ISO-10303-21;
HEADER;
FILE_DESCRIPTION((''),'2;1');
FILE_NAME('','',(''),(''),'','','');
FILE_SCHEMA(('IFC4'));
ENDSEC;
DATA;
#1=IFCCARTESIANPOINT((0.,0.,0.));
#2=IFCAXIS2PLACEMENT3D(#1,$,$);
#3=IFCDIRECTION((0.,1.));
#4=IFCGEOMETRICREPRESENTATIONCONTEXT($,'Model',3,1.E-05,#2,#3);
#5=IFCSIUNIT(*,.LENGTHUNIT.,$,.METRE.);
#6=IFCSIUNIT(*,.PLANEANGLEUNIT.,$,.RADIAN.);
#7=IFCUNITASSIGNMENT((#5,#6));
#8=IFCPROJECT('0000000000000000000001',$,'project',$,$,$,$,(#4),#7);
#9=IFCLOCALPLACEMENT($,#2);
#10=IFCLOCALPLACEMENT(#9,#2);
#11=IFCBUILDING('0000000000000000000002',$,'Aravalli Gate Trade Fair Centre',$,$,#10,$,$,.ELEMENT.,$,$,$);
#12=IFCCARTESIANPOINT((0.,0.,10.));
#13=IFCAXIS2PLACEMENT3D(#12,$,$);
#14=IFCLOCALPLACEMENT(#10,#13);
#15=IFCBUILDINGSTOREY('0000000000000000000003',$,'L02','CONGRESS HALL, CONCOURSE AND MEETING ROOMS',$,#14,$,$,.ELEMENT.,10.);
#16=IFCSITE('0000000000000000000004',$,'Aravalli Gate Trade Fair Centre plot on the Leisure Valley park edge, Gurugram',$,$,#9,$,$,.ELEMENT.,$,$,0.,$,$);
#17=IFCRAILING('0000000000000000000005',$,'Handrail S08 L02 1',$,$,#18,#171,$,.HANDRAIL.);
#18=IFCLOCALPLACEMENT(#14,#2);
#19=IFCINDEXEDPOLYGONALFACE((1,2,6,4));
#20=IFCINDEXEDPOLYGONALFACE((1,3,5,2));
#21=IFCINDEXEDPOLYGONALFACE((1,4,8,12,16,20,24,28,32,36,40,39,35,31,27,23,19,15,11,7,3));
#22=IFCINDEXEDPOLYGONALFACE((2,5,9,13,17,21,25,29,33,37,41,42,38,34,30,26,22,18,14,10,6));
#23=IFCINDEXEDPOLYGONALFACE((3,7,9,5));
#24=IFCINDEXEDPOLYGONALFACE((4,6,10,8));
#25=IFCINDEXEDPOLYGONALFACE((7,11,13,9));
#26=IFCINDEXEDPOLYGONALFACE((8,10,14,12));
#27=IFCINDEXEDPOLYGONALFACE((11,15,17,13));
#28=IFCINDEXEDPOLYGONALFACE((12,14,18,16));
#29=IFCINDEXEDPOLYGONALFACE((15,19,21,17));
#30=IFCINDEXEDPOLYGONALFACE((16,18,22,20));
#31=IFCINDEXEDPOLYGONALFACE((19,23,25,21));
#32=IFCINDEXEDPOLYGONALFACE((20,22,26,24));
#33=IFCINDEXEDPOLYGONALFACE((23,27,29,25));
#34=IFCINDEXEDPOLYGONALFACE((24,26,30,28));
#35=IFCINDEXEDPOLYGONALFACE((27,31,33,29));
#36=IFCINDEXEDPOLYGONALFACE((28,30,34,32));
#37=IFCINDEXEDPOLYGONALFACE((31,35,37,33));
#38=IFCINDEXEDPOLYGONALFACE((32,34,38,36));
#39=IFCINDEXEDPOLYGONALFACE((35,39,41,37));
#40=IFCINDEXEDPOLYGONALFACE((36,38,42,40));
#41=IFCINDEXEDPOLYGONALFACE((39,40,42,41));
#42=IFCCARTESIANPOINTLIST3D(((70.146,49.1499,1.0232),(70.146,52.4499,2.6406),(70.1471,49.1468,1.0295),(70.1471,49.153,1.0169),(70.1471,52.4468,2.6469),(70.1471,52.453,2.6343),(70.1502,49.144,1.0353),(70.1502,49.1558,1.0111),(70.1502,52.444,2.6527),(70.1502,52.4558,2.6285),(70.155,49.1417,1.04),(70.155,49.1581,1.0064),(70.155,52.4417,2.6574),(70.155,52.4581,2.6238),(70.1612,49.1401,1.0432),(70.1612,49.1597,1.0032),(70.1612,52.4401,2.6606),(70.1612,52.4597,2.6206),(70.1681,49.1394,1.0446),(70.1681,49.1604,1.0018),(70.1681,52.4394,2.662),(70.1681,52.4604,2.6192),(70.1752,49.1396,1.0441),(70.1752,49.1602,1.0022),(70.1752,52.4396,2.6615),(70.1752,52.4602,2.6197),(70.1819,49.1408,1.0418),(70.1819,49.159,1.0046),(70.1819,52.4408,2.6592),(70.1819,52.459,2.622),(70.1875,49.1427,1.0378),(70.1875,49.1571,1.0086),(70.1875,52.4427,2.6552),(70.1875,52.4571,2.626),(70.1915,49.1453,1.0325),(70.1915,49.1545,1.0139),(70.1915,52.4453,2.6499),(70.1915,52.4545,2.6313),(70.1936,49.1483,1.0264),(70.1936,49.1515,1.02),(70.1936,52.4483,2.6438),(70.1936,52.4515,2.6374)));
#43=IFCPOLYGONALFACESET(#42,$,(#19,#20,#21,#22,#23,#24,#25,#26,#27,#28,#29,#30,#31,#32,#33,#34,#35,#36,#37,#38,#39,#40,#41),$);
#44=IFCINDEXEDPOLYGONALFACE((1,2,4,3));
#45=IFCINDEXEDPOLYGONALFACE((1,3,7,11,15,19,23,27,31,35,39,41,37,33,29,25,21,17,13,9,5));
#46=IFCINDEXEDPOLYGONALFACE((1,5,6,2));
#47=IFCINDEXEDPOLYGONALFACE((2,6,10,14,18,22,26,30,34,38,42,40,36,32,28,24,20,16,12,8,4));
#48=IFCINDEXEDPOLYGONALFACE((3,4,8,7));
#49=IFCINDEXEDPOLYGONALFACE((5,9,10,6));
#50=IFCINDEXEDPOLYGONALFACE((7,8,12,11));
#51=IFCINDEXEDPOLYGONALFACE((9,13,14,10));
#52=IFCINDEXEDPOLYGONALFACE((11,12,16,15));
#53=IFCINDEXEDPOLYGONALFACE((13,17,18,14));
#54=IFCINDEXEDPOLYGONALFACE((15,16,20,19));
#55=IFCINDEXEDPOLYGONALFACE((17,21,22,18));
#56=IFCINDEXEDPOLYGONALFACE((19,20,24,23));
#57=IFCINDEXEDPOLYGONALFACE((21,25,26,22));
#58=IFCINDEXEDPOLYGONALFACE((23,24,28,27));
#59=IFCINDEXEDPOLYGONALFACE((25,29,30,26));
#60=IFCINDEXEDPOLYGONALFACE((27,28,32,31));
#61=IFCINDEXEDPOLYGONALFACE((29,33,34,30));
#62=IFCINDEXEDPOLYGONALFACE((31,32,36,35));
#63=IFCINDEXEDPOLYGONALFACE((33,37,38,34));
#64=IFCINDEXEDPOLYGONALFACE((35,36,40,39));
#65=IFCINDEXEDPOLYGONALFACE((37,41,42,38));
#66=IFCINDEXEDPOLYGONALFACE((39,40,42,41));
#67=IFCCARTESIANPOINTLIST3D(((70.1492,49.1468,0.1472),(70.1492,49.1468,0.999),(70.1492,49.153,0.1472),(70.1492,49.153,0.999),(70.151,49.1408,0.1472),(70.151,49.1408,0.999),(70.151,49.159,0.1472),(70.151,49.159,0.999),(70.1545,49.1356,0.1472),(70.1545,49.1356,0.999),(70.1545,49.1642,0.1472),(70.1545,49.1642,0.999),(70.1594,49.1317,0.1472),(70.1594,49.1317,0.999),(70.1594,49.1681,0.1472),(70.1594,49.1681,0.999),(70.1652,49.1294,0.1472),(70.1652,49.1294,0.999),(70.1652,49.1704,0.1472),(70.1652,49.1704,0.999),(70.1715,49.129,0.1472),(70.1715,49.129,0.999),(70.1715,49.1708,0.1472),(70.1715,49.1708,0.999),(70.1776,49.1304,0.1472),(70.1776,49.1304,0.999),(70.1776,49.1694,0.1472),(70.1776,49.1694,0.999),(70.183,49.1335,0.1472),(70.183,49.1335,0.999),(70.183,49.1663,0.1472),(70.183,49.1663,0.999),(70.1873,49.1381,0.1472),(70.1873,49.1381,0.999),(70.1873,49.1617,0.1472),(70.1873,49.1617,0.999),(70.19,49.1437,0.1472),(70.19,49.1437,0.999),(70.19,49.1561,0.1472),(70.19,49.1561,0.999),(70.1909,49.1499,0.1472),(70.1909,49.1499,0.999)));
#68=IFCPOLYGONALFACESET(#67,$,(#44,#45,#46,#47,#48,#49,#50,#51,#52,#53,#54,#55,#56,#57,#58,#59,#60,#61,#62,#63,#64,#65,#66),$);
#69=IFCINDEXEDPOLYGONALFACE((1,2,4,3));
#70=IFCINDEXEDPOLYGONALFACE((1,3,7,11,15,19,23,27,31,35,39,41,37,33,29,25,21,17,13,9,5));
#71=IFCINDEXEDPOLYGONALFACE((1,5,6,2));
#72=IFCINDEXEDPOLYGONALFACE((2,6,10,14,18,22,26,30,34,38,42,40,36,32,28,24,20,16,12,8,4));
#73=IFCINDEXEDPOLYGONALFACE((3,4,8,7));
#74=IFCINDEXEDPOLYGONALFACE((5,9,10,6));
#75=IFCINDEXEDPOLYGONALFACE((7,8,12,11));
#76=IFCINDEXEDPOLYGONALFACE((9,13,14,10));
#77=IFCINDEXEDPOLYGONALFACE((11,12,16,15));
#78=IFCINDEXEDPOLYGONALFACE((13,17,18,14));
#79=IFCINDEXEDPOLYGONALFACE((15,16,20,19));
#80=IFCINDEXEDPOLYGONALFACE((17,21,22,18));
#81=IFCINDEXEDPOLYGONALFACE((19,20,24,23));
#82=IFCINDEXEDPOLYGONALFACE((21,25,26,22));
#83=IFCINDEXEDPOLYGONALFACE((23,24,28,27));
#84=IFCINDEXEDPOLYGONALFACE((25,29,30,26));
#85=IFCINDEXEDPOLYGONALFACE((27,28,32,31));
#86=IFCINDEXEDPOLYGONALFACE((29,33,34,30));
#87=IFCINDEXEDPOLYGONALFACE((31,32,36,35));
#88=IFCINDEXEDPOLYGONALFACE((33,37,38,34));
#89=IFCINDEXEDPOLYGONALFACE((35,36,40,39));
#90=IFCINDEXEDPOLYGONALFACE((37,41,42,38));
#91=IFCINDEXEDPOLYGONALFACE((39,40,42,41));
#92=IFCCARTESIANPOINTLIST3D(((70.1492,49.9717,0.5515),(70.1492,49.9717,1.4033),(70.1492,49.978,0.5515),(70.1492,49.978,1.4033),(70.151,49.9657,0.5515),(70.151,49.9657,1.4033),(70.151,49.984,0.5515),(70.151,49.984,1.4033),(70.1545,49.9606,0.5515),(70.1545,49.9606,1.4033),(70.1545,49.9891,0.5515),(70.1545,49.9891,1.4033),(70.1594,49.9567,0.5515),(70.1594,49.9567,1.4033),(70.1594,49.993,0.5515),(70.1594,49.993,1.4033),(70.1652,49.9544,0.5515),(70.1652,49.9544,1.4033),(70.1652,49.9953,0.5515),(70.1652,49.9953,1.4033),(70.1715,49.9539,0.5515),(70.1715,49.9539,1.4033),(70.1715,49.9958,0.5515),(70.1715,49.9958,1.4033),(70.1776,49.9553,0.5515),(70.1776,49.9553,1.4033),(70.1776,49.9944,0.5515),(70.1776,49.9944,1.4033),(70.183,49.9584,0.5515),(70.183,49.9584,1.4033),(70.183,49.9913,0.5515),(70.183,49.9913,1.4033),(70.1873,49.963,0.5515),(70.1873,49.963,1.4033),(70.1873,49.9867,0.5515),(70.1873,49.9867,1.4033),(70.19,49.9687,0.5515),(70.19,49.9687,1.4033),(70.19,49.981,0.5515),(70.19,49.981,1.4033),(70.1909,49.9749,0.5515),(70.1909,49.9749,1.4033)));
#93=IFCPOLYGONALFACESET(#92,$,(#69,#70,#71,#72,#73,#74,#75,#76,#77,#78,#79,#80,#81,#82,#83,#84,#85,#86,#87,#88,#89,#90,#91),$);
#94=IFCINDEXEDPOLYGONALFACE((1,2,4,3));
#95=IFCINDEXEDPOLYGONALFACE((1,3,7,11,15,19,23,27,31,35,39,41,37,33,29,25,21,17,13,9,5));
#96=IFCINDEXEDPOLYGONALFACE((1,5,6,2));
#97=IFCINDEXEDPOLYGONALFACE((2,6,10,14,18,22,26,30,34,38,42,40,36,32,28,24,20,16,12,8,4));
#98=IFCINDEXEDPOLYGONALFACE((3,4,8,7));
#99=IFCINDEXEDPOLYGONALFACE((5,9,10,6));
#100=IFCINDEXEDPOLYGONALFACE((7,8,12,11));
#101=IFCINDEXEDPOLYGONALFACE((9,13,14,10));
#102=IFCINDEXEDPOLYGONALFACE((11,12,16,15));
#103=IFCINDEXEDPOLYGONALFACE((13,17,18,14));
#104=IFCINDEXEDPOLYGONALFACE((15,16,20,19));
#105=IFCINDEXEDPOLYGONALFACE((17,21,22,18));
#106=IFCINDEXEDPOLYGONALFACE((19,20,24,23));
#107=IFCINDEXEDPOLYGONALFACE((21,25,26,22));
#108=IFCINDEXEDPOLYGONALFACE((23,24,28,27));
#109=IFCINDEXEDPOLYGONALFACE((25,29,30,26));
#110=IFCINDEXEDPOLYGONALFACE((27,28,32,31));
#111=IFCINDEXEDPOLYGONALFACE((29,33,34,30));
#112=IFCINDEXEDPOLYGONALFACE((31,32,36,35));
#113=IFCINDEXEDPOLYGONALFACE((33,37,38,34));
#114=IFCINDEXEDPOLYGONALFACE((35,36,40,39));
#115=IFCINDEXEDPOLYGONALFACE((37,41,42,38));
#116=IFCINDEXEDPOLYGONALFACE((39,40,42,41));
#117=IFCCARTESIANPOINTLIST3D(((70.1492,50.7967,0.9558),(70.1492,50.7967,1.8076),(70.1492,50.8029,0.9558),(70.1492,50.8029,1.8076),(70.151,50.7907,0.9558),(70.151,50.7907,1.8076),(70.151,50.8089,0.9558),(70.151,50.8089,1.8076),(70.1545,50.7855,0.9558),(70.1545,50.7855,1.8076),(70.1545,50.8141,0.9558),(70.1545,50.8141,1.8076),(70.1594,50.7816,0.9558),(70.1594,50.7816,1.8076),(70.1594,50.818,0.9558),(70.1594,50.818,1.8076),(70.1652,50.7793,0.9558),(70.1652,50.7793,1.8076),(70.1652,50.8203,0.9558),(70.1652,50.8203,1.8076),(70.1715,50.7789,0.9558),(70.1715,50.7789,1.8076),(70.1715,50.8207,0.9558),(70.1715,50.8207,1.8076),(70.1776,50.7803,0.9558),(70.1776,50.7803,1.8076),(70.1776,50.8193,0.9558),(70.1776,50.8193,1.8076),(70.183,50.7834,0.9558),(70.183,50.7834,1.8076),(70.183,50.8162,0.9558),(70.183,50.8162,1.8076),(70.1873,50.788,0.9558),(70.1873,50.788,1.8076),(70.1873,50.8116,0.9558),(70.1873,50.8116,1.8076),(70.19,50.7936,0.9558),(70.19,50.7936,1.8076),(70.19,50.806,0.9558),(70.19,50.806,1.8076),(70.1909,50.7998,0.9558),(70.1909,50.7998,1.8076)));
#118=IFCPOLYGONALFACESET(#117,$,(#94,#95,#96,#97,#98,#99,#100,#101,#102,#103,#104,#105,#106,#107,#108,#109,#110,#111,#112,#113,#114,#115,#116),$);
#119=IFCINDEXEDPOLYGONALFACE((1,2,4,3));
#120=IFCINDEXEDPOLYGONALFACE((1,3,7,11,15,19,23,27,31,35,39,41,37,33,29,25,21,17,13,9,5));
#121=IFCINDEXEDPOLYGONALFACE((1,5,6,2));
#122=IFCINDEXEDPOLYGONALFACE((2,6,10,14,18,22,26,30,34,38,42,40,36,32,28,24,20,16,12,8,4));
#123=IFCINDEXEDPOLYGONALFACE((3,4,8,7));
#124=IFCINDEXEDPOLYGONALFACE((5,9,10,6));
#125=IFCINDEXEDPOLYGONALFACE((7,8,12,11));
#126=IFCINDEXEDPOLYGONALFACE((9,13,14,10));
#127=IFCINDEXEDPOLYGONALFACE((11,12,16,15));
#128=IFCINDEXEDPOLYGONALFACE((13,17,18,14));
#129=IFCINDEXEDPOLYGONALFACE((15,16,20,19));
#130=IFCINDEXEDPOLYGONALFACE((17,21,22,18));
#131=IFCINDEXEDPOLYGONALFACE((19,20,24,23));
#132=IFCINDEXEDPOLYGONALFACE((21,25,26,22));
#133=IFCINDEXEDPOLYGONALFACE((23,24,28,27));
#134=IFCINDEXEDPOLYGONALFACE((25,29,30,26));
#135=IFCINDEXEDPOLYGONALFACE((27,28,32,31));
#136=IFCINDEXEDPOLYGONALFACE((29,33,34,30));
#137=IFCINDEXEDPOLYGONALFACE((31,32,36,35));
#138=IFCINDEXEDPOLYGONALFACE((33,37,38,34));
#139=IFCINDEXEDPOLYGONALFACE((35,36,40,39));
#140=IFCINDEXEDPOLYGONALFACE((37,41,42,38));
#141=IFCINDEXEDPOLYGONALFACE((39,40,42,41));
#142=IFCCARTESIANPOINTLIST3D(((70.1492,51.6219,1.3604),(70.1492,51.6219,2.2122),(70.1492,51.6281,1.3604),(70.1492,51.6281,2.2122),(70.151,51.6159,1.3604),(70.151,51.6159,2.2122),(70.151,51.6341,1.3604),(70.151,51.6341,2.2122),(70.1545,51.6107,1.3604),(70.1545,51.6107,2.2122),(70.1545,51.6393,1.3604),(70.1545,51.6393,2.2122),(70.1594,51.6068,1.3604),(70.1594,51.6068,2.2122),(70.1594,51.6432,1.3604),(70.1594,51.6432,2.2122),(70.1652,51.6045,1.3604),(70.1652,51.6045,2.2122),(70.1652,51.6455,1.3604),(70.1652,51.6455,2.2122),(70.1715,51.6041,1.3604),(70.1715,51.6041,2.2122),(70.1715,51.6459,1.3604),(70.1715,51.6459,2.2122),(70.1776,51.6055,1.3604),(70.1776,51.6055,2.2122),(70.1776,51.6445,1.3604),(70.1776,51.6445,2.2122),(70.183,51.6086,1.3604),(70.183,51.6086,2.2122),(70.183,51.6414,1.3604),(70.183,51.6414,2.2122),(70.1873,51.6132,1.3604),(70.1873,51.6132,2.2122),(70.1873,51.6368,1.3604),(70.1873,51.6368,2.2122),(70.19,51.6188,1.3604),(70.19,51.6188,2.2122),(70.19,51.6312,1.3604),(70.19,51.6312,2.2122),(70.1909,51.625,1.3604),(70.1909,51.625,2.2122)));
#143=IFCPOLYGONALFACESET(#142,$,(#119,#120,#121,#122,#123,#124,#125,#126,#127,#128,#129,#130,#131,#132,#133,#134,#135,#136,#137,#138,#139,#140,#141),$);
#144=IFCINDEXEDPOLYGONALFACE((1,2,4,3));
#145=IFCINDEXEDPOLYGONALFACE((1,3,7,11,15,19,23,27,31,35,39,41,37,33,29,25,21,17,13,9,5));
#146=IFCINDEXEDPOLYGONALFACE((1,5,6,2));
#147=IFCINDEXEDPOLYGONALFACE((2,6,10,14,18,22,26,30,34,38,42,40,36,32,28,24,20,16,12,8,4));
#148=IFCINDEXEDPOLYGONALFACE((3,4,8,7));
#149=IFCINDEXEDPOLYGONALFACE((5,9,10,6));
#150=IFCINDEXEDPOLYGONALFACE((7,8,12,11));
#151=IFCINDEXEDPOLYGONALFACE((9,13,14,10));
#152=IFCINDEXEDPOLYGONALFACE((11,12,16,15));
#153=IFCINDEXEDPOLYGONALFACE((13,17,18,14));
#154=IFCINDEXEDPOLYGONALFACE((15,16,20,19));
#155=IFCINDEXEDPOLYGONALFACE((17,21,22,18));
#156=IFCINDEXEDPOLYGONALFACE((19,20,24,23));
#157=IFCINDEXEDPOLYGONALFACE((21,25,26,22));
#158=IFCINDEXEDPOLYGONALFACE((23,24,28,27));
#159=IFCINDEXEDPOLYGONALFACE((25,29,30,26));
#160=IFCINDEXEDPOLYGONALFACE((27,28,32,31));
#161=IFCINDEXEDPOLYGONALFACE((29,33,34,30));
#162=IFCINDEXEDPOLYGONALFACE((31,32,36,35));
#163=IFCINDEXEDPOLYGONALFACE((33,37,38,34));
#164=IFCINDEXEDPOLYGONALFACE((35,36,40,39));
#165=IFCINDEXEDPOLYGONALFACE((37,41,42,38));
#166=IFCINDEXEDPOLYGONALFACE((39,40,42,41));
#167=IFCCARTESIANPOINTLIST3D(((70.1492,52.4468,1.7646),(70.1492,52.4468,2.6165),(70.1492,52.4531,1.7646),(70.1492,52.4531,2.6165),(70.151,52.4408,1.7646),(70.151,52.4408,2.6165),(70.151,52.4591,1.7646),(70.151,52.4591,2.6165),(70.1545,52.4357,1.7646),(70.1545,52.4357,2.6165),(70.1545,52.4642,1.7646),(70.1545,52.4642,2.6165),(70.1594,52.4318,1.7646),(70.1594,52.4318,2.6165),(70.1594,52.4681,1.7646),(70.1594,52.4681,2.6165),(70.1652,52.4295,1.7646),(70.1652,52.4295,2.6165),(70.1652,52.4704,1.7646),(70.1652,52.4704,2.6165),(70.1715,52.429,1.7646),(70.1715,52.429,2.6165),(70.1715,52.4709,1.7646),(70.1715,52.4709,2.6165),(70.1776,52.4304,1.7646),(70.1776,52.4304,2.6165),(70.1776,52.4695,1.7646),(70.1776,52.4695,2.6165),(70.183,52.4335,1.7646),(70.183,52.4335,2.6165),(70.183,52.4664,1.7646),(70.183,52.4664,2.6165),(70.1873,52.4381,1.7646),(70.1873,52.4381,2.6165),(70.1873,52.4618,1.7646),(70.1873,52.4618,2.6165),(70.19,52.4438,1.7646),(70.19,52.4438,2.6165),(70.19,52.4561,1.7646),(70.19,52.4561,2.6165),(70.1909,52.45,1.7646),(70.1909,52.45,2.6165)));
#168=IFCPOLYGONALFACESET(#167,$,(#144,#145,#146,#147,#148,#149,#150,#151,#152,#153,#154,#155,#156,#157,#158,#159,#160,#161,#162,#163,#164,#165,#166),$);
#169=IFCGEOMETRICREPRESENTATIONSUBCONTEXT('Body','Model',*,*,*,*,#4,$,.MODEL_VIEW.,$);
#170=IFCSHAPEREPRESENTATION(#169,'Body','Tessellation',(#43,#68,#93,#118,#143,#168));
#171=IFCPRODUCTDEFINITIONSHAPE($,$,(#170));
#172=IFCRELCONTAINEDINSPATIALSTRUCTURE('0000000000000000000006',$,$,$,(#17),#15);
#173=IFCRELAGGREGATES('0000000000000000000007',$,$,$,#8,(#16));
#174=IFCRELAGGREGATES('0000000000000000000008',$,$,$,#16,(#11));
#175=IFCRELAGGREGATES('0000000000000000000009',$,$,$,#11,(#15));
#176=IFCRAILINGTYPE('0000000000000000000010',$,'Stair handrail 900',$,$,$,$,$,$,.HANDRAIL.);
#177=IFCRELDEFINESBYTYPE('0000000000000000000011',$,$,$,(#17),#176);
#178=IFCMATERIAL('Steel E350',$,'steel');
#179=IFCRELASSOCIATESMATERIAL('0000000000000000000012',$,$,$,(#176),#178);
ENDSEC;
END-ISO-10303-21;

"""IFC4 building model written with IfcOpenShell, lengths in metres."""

from ifc_helpers import new_model, si_unit, direction, frame, origin, origin_2d, place, context, subcontext, project, spatial, circle, extrude, material, type_object, element, save


model = new_model("IFC4")

# Units and contexts
model_context = context("Model", 3, precision=1e-05, world=origin(), true_north=direction((0.0, 1.0)))
body_context = subcontext(model_context, "Body", "Model", "MODEL_VIEW")
ifc_project = project(units=[si_unit("LENGTHUNIT", "METRE"), si_unit("PLANEANGLEUNIT", "RADIAN")], contexts=[model_context])

# Site, building, storey
site_placement = place(None, origin())
site = spatial("IfcSite", under=ifc_project, at=site_placement, Name="Aravalli Gate Trade Fair Centre plot on the Leisure Valley park edge, Gurugram", CompositionType="ELEMENT", RefElevation=0.0)
building_placement = place(site_placement, origin())
building = spatial("IfcBuilding", under=site, at=building_placement, Name="Aravalli Gate Trade Fair Centre", CompositionType="ELEMENT")
storey_placement = place(building_placement, frame((0.0, 0.0, 10.0)))
storey = spatial("IfcBuildingStorey", under=building, at=storey_placement, Name="L02", Description="CONGRESS HALL, CONCOURSE AND MEETING ROOMS", CompositionType="ELEMENT", Elevation=10.0)

# Shared definitions
ifc_material_1 = material(Name="Steel E350", Category="steel")

# Railing
railing_type = type_object("IfcRailingType", Name="Stair handrail 900", PredefinedType="HANDRAIL", material=ifc_material_1)
for number, where, name in (
    (1, (70.1699, 49.1499, 0.1472), "Handrail S08 L02 1"),
):
    element("IfcRailing", number, at=place(storey_placement, frame(where)), inside=storey, type_object=railing_type, Name=name, PredefinedType="HANDRAIL", context=body_context, shape_type="SweptSolid", body=[
        extrude(circle(Radius=0.0239, at=origin_2d()), frame((0.0, 0.0, 0.876), z_axis=(0.0, 0.897946, 0.440105), x_axis=(-1.0, 0.0, 0.0)), (0.0, 0.0, 1.0), 3.675),
        extrude(circle(Radius=0.021, at=origin_2d()), origin(), (0.0, 0.0, 1.0), 0.8518),
        extrude(circle(Radius=0.021, at=origin_2d()), frame((0.0, 0.825, 0.4043)), (0.0, 0.0, 1.0), 0.8518),
        extrude(circle(Radius=0.021, at=origin_2d()), frame((0.0, 1.6499, 0.8086)), (0.0, 0.0, 1.0), 0.8518),
        extrude(circle(Radius=0.021, at=origin_2d()), frame((0.0, 2.4751, 1.2131)), (0.0, 0.0, 1.0), 0.8518),
        extrude(circle(Radius=0.021, at=origin_2d()), frame((0.0, 3.3, 1.6174)), (0.0, 0.0, 1.0), 0.8518),
    ])

save(model, "model.ifc")
